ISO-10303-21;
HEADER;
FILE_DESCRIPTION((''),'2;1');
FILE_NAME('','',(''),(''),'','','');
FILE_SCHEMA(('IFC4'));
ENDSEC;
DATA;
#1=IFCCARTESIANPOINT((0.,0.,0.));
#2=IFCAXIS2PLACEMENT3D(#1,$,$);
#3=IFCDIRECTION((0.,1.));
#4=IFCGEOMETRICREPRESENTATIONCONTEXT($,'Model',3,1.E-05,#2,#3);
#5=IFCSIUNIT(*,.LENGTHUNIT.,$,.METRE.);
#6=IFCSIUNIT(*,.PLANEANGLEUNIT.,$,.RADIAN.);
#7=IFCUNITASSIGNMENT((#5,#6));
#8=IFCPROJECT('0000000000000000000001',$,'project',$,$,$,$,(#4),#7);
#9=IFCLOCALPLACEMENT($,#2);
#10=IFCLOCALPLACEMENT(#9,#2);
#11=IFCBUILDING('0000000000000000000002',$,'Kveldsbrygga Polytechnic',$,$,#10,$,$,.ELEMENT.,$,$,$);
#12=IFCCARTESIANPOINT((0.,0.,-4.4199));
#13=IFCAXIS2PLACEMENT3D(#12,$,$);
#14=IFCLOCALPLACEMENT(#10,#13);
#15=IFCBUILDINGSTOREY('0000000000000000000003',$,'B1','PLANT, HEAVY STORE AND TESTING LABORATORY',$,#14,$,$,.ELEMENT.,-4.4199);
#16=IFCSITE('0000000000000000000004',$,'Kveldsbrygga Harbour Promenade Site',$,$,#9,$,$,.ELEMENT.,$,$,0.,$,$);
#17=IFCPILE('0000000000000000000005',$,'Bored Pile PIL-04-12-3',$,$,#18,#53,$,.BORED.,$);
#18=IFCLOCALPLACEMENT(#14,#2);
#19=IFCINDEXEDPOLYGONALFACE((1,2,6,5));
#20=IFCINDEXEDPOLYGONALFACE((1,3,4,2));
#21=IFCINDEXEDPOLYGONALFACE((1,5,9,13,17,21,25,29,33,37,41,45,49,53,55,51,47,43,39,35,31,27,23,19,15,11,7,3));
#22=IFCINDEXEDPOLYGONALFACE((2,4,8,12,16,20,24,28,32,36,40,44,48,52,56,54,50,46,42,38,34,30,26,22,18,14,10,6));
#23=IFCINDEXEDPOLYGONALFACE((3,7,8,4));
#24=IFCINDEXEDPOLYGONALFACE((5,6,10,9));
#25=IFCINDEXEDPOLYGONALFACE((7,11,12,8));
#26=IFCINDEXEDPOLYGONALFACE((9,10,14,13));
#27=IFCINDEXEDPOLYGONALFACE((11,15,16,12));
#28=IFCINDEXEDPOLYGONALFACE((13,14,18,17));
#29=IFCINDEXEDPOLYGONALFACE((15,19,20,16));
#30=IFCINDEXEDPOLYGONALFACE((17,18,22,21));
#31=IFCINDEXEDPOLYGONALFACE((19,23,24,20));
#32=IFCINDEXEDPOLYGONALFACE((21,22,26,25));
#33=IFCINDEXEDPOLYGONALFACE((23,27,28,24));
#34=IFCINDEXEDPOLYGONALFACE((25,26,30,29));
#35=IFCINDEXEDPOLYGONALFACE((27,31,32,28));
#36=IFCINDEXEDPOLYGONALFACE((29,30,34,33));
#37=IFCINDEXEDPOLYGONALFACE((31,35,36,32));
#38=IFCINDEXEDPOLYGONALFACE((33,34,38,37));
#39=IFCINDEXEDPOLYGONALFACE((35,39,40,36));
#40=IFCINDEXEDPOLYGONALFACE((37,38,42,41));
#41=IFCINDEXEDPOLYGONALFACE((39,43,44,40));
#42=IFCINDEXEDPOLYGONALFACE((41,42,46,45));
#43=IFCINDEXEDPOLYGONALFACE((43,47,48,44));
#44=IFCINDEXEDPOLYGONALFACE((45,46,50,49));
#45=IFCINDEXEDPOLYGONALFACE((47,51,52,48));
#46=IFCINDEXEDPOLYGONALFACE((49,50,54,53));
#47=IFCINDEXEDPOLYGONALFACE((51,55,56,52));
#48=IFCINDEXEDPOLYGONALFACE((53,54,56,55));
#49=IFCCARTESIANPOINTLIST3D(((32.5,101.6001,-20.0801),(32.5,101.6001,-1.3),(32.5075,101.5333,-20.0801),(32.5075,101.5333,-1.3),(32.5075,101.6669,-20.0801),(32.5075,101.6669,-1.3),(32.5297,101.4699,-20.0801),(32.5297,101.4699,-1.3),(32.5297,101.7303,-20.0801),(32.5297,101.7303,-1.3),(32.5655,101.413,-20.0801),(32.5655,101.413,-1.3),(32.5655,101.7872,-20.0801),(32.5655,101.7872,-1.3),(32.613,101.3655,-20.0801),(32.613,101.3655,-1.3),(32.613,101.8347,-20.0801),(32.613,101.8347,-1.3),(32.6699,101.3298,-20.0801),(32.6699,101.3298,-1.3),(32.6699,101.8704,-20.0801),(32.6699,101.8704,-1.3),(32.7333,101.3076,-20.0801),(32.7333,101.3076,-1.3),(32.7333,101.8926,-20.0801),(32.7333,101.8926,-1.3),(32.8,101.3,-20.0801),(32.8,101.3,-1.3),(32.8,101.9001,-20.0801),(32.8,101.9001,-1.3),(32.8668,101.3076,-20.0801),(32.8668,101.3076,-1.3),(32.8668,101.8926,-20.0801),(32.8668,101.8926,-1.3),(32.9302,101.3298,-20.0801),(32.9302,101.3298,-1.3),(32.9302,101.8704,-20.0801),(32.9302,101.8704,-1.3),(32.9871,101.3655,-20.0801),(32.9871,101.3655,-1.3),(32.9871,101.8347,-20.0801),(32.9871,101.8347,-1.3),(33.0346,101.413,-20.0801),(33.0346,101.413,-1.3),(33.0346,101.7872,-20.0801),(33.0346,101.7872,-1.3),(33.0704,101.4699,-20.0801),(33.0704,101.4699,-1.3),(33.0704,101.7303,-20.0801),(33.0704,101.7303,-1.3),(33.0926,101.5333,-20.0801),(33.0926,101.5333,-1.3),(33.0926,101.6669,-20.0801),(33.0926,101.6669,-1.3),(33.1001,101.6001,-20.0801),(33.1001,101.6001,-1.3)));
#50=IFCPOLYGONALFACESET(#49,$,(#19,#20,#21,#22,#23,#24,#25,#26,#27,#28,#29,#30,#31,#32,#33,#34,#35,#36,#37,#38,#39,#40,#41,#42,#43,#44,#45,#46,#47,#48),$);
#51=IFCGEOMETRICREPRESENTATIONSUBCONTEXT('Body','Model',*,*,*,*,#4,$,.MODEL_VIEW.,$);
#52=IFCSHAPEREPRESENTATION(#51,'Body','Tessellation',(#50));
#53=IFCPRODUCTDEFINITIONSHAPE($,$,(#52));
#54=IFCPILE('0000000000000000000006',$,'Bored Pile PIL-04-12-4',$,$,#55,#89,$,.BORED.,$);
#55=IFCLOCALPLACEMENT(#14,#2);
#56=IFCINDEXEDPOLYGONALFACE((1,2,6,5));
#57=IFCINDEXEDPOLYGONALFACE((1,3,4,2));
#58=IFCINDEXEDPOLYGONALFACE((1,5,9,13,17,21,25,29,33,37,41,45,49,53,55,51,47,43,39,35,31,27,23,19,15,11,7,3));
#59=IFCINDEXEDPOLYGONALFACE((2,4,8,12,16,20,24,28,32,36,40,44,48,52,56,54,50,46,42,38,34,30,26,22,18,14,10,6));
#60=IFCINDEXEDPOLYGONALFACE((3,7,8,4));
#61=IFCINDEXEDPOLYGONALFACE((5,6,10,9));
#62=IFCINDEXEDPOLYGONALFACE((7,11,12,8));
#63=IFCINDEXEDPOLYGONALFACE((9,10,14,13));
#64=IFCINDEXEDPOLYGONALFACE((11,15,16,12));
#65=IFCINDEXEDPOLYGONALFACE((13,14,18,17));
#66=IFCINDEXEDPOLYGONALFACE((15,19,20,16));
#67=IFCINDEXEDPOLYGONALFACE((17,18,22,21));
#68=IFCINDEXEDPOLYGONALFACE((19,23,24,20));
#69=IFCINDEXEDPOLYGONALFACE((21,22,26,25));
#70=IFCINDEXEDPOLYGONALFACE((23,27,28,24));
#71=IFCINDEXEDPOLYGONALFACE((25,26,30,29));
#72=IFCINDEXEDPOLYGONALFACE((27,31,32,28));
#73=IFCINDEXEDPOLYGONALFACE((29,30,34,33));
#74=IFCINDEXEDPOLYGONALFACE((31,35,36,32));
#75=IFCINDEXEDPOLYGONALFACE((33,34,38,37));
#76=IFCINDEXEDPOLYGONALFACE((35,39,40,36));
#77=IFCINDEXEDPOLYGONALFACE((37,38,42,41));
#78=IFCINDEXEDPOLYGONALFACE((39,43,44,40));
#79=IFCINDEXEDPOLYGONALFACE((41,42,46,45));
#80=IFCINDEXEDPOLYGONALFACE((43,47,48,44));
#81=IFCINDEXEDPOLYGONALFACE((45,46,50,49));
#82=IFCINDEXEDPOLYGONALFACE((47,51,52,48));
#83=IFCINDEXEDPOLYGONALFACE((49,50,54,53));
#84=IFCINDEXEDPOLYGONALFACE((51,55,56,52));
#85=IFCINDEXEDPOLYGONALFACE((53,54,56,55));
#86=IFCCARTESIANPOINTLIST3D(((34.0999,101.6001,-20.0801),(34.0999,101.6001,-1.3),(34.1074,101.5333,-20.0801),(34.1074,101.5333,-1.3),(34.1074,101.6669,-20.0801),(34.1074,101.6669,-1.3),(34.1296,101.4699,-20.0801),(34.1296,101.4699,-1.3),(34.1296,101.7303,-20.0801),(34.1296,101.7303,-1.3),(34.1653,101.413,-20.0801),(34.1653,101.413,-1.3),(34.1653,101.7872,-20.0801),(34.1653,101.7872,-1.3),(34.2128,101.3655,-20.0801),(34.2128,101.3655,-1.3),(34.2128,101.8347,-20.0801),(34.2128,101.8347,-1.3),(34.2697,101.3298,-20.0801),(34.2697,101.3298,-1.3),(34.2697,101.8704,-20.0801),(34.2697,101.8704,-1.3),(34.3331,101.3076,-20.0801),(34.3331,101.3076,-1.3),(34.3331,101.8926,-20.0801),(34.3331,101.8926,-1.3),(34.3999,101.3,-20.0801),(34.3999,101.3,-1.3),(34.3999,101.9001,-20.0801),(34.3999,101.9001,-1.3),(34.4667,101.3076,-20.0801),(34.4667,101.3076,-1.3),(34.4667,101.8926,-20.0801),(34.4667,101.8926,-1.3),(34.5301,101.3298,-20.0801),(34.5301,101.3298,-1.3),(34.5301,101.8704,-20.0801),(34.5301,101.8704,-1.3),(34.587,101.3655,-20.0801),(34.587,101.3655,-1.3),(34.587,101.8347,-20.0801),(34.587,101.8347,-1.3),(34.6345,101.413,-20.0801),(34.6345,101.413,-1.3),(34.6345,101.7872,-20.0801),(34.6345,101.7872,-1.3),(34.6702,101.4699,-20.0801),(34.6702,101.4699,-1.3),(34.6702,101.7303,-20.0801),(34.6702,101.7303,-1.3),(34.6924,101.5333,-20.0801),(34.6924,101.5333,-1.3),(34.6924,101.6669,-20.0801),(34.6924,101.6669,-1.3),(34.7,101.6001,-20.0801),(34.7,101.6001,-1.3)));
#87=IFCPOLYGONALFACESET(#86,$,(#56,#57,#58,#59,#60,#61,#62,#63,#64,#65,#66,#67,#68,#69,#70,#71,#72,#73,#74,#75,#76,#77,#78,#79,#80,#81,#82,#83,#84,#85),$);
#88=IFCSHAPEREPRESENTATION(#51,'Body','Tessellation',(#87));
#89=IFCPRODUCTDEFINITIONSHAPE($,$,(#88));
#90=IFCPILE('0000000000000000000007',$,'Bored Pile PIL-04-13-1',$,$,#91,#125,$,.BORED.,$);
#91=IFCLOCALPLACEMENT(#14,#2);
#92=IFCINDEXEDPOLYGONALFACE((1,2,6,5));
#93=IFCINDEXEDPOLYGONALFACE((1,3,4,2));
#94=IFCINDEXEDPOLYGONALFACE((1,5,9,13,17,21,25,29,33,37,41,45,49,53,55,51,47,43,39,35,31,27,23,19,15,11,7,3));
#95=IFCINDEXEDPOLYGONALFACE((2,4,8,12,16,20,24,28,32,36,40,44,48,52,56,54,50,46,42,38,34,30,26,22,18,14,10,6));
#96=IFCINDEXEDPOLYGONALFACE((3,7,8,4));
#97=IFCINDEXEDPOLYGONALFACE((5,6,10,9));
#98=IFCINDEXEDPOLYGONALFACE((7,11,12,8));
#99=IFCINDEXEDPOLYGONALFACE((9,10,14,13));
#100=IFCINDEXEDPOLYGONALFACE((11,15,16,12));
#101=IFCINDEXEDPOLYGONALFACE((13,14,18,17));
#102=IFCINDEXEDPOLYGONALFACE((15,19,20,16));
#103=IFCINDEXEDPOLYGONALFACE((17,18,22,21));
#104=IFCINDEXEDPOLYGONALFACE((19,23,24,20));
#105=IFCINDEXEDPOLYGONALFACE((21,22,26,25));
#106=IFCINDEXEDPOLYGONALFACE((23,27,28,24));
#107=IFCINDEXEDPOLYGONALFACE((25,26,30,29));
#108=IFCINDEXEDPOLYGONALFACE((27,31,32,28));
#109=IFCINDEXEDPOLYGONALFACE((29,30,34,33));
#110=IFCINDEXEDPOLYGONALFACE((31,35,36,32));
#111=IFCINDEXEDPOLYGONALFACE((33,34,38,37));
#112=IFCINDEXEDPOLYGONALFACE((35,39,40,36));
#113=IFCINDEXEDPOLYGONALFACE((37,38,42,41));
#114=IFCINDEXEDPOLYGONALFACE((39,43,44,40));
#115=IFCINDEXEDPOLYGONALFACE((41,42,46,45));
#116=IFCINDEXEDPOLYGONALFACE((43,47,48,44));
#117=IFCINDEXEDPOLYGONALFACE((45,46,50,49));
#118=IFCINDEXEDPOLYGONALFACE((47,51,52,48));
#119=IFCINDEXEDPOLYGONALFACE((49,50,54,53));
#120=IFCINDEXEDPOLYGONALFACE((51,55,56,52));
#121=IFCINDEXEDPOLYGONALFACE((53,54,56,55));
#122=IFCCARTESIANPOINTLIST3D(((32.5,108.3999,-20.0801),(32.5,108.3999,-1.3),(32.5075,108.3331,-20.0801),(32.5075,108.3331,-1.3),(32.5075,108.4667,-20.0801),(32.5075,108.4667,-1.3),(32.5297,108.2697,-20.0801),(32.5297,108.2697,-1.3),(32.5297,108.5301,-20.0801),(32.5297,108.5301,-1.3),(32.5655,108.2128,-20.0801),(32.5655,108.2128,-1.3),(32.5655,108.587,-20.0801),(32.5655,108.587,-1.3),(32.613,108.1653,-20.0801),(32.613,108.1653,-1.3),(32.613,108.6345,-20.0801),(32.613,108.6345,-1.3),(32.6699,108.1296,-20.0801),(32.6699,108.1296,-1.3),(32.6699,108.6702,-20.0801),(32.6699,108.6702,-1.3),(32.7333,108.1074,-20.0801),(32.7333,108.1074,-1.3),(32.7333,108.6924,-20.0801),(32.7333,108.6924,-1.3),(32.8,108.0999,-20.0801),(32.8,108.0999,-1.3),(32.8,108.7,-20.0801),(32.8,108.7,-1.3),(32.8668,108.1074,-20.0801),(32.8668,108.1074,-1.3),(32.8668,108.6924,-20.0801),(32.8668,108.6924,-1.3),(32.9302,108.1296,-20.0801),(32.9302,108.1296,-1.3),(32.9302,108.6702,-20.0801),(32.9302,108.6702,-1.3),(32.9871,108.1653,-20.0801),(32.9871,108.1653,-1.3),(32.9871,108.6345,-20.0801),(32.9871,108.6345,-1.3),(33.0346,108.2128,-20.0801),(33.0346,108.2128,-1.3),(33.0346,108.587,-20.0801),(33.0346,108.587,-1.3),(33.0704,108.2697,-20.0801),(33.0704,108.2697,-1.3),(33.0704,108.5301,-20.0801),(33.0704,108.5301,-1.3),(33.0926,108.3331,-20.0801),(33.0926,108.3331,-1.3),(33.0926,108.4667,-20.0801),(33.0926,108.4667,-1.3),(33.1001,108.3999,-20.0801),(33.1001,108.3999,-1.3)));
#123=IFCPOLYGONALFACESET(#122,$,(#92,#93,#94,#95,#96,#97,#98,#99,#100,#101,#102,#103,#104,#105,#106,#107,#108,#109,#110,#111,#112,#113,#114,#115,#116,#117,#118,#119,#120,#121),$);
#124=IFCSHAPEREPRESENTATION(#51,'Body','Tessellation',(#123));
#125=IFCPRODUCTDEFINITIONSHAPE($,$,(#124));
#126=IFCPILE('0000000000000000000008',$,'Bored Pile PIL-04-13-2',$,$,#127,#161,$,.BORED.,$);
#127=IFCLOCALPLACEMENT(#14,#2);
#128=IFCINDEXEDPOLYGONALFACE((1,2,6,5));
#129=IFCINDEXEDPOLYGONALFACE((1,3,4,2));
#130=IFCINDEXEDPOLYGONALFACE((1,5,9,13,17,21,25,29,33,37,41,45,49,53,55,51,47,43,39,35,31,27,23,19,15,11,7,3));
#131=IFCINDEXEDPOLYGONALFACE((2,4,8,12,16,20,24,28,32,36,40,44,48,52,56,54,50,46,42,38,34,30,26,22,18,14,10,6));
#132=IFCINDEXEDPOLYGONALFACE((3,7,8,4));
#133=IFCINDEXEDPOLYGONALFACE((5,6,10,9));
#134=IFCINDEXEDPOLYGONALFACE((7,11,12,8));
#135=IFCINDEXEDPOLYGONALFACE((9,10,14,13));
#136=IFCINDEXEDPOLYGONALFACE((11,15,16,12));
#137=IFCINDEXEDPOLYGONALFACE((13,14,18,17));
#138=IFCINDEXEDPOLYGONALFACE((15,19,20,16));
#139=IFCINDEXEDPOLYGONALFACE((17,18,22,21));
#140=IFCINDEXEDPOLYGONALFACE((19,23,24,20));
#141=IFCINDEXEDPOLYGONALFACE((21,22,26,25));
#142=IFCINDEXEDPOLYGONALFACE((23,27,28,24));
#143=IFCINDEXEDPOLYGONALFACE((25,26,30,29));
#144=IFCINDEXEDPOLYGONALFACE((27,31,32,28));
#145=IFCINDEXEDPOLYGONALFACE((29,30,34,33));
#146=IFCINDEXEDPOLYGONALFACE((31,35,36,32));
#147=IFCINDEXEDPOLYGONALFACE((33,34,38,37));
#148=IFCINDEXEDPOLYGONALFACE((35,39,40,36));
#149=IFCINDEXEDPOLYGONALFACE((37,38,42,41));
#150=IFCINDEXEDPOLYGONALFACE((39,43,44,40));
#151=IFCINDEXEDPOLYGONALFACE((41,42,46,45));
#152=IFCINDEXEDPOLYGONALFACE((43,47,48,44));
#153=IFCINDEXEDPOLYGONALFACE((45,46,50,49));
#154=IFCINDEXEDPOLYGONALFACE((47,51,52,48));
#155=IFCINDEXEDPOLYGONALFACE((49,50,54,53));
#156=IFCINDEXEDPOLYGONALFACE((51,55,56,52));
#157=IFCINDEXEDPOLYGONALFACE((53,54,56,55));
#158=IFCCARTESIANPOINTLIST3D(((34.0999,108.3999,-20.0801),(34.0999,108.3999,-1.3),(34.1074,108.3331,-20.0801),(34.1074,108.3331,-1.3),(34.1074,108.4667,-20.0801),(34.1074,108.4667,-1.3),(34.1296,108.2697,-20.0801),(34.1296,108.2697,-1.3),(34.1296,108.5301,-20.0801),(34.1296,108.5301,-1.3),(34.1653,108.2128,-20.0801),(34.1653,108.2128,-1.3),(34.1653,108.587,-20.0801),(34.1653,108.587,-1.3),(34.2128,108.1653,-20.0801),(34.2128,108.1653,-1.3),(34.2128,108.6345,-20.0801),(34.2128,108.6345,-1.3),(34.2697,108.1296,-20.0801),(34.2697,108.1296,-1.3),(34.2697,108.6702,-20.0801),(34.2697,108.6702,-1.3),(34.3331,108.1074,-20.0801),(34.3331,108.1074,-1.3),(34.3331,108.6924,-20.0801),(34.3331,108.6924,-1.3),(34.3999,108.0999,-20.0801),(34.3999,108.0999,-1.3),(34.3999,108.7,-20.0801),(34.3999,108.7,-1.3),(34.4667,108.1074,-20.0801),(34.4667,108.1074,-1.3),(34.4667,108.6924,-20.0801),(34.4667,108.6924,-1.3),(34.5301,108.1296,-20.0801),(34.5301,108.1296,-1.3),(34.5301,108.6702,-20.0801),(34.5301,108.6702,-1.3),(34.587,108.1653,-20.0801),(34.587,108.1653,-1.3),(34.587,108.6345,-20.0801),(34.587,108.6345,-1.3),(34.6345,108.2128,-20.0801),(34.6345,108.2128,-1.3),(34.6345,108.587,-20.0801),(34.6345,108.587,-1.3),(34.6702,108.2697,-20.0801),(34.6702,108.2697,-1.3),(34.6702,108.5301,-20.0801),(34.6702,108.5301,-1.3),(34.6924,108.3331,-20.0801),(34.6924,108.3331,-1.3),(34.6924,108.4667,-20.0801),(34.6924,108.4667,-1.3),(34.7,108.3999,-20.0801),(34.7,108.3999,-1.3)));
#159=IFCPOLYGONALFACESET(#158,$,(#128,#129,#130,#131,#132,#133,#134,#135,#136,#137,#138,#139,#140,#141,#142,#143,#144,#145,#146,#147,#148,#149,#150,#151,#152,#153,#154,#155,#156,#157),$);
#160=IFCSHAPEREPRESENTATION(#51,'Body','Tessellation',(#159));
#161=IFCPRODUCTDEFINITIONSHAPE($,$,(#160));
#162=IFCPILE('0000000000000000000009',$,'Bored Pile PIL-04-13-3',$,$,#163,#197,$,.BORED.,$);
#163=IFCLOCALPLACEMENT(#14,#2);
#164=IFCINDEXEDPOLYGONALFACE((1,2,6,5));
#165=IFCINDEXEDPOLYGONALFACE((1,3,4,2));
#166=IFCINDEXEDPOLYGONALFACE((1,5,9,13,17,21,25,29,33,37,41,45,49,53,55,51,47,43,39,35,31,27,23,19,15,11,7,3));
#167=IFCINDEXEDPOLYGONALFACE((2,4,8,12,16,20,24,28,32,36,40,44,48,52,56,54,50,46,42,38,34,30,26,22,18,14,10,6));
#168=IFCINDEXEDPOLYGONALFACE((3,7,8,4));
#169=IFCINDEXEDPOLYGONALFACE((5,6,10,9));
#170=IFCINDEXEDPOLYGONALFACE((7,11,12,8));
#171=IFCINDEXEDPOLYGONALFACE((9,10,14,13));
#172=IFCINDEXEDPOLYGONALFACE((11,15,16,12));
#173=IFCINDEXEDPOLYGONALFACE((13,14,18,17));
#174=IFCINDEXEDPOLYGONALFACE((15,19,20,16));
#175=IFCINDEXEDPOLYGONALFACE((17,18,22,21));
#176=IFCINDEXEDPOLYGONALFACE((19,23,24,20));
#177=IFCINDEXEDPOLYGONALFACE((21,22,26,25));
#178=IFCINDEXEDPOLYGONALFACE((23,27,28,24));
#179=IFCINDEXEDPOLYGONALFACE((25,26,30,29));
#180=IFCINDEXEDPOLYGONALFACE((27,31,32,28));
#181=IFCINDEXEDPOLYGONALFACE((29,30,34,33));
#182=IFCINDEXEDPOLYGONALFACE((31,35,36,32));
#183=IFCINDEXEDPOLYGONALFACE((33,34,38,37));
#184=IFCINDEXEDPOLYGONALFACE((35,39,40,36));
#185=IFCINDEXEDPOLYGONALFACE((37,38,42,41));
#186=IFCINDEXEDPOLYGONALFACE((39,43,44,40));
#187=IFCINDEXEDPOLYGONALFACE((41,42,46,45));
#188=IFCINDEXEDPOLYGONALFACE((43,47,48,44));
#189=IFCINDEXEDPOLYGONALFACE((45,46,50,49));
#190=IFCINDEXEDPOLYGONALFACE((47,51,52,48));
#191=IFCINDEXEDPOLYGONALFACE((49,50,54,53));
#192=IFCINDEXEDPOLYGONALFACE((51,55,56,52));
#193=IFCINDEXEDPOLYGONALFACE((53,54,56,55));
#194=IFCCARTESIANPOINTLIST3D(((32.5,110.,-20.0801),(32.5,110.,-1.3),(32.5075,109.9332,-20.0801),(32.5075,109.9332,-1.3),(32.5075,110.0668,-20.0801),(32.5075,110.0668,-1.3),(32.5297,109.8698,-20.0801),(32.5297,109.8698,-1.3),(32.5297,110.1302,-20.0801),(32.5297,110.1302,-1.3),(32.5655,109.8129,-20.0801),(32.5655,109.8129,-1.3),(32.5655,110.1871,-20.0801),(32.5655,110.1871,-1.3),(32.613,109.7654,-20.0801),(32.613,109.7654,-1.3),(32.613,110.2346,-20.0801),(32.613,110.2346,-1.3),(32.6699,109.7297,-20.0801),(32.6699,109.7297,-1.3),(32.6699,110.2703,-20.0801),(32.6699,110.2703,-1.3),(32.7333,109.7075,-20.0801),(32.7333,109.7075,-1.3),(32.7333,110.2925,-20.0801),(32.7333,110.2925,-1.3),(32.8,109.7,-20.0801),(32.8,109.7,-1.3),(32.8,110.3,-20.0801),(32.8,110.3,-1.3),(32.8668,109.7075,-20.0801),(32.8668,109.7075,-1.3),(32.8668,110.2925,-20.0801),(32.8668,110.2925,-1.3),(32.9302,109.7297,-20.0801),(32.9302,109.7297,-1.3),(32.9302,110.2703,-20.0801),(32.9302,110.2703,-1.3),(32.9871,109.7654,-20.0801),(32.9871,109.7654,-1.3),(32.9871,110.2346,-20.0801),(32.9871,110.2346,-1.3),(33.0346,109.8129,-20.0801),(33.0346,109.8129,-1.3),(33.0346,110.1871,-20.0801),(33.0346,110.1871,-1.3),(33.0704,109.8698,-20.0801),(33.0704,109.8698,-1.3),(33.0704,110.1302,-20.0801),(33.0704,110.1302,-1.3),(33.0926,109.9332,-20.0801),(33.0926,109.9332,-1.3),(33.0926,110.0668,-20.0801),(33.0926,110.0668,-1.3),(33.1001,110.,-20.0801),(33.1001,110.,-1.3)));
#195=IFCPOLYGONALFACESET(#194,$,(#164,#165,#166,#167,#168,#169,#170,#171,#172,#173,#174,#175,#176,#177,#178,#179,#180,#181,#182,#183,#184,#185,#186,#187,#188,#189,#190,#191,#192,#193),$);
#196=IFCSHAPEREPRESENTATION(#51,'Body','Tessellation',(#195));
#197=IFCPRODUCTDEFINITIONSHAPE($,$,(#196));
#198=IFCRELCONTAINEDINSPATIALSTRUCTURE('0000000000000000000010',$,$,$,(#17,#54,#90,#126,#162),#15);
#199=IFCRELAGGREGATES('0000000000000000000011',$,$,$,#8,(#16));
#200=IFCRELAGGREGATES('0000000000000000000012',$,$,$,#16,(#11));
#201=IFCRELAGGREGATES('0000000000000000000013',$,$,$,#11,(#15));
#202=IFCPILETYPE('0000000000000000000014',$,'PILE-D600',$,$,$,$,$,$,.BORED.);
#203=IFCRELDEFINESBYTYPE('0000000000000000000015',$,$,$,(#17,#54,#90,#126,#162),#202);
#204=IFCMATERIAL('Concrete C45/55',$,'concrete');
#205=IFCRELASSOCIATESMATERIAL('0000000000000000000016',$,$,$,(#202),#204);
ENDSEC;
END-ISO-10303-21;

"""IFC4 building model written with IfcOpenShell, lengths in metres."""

from ifc_helpers import new_model, si_unit, direction, frame, origin, origin_2d, place, context, subcontext, project, spatial, circle, extrude, material, material_profile, profile_set, type_object, element, save


model = new_model("IFC4")

# Units and contexts
model_context = context("Model", 3, precision=1e-05, world=origin(), true_north=direction((0.0, 1.0)))
body_context = subcontext(model_context, "Body", "Model", "MODEL_VIEW")
ifc_project = project(units=[si_unit("LENGTHUNIT", "METRE"), si_unit("PLANEANGLEUNIT", "RADIAN")], contexts=[model_context])

# Site, building, storey
site_placement = place(None, origin())
site = spatial("IfcSite", under=ifc_project, at=site_placement, Name="Kveldsbrygga Harbour Promenade Site", CompositionType="ELEMENT", RefElevation=0.0)
building_placement = place(site_placement, origin())
building = spatial("IfcBuilding", under=site, at=building_placement, Name="Kveldsbrygga Polytechnic", CompositionType="ELEMENT")
storey_placement = place(building_placement, frame((0.0, 0.0, -4.4199)))
storey = spatial("IfcBuildingStorey", under=building, at=storey_placement, Name="B1", Description="PLANT, HEAVY STORE AND TESTING LABORATORY", CompositionType="ELEMENT", Elevation=-4.4199)

# Shared definitions
ifc_material_1 = material(Name="Concrete C45/55", Category="concrete")

# Piles
ifc_material_profile_1 = material_profile(ifc_material_1, circle(Radius=0.3, at=origin_2d()), Name="PILE D600")
ifc_profile_set_1 = profile_set([ifc_material_profile_1], Name="Concrete C45/55")
pile_type = type_object("IfcPileType", Name="PILE-D600", PredefinedType="BORED", material=ifc_profile_set_1)
for number, where, z_axis, x_axis, name in (
    (1, (32.8, 101.6001, -1.3), (0.0, 0.0, -1.0), (1.0, 0.0, 0.0), "Bored Pile PIL-04-12-3"),
    (2, (34.3999, 101.6001, -1.3), (0.0, 0.0, -1.0), (1.0, 0.0, 0.0), "Bored Pile PIL-04-12-4"),
    (3, (32.8, 108.3999, -1.3), (0.0, 0.0, -1.0), (1.0, 0.0, 0.0), "Bored Pile PIL-04-13-1"),
    (4, (34.3999, 108.3999, -1.3), (0.0, 0.0, -1.0), (1.0, 0.0, 0.0), "Bored Pile PIL-04-13-2"),
    (5, (32.8, 110.0, -1.3), (0.0, 0.0, -1.0), (1.0, 0.0, 0.0), "Bored Pile PIL-04-13-3"),
):
    element("IfcPile", number, at=place(storey_placement, frame(where, z_axis=z_axis, x_axis=x_axis)), inside=storey, type_object=pile_type, Name=name, PredefinedType="BORED", context=body_context, shape_type="SweptSolid", body=[
        extrude(circle(Radius=0.3, at=origin_2d()), origin(), (0.0, 0.0, 1.0), 18.78),
    ])

save(model, "model.ifc")
